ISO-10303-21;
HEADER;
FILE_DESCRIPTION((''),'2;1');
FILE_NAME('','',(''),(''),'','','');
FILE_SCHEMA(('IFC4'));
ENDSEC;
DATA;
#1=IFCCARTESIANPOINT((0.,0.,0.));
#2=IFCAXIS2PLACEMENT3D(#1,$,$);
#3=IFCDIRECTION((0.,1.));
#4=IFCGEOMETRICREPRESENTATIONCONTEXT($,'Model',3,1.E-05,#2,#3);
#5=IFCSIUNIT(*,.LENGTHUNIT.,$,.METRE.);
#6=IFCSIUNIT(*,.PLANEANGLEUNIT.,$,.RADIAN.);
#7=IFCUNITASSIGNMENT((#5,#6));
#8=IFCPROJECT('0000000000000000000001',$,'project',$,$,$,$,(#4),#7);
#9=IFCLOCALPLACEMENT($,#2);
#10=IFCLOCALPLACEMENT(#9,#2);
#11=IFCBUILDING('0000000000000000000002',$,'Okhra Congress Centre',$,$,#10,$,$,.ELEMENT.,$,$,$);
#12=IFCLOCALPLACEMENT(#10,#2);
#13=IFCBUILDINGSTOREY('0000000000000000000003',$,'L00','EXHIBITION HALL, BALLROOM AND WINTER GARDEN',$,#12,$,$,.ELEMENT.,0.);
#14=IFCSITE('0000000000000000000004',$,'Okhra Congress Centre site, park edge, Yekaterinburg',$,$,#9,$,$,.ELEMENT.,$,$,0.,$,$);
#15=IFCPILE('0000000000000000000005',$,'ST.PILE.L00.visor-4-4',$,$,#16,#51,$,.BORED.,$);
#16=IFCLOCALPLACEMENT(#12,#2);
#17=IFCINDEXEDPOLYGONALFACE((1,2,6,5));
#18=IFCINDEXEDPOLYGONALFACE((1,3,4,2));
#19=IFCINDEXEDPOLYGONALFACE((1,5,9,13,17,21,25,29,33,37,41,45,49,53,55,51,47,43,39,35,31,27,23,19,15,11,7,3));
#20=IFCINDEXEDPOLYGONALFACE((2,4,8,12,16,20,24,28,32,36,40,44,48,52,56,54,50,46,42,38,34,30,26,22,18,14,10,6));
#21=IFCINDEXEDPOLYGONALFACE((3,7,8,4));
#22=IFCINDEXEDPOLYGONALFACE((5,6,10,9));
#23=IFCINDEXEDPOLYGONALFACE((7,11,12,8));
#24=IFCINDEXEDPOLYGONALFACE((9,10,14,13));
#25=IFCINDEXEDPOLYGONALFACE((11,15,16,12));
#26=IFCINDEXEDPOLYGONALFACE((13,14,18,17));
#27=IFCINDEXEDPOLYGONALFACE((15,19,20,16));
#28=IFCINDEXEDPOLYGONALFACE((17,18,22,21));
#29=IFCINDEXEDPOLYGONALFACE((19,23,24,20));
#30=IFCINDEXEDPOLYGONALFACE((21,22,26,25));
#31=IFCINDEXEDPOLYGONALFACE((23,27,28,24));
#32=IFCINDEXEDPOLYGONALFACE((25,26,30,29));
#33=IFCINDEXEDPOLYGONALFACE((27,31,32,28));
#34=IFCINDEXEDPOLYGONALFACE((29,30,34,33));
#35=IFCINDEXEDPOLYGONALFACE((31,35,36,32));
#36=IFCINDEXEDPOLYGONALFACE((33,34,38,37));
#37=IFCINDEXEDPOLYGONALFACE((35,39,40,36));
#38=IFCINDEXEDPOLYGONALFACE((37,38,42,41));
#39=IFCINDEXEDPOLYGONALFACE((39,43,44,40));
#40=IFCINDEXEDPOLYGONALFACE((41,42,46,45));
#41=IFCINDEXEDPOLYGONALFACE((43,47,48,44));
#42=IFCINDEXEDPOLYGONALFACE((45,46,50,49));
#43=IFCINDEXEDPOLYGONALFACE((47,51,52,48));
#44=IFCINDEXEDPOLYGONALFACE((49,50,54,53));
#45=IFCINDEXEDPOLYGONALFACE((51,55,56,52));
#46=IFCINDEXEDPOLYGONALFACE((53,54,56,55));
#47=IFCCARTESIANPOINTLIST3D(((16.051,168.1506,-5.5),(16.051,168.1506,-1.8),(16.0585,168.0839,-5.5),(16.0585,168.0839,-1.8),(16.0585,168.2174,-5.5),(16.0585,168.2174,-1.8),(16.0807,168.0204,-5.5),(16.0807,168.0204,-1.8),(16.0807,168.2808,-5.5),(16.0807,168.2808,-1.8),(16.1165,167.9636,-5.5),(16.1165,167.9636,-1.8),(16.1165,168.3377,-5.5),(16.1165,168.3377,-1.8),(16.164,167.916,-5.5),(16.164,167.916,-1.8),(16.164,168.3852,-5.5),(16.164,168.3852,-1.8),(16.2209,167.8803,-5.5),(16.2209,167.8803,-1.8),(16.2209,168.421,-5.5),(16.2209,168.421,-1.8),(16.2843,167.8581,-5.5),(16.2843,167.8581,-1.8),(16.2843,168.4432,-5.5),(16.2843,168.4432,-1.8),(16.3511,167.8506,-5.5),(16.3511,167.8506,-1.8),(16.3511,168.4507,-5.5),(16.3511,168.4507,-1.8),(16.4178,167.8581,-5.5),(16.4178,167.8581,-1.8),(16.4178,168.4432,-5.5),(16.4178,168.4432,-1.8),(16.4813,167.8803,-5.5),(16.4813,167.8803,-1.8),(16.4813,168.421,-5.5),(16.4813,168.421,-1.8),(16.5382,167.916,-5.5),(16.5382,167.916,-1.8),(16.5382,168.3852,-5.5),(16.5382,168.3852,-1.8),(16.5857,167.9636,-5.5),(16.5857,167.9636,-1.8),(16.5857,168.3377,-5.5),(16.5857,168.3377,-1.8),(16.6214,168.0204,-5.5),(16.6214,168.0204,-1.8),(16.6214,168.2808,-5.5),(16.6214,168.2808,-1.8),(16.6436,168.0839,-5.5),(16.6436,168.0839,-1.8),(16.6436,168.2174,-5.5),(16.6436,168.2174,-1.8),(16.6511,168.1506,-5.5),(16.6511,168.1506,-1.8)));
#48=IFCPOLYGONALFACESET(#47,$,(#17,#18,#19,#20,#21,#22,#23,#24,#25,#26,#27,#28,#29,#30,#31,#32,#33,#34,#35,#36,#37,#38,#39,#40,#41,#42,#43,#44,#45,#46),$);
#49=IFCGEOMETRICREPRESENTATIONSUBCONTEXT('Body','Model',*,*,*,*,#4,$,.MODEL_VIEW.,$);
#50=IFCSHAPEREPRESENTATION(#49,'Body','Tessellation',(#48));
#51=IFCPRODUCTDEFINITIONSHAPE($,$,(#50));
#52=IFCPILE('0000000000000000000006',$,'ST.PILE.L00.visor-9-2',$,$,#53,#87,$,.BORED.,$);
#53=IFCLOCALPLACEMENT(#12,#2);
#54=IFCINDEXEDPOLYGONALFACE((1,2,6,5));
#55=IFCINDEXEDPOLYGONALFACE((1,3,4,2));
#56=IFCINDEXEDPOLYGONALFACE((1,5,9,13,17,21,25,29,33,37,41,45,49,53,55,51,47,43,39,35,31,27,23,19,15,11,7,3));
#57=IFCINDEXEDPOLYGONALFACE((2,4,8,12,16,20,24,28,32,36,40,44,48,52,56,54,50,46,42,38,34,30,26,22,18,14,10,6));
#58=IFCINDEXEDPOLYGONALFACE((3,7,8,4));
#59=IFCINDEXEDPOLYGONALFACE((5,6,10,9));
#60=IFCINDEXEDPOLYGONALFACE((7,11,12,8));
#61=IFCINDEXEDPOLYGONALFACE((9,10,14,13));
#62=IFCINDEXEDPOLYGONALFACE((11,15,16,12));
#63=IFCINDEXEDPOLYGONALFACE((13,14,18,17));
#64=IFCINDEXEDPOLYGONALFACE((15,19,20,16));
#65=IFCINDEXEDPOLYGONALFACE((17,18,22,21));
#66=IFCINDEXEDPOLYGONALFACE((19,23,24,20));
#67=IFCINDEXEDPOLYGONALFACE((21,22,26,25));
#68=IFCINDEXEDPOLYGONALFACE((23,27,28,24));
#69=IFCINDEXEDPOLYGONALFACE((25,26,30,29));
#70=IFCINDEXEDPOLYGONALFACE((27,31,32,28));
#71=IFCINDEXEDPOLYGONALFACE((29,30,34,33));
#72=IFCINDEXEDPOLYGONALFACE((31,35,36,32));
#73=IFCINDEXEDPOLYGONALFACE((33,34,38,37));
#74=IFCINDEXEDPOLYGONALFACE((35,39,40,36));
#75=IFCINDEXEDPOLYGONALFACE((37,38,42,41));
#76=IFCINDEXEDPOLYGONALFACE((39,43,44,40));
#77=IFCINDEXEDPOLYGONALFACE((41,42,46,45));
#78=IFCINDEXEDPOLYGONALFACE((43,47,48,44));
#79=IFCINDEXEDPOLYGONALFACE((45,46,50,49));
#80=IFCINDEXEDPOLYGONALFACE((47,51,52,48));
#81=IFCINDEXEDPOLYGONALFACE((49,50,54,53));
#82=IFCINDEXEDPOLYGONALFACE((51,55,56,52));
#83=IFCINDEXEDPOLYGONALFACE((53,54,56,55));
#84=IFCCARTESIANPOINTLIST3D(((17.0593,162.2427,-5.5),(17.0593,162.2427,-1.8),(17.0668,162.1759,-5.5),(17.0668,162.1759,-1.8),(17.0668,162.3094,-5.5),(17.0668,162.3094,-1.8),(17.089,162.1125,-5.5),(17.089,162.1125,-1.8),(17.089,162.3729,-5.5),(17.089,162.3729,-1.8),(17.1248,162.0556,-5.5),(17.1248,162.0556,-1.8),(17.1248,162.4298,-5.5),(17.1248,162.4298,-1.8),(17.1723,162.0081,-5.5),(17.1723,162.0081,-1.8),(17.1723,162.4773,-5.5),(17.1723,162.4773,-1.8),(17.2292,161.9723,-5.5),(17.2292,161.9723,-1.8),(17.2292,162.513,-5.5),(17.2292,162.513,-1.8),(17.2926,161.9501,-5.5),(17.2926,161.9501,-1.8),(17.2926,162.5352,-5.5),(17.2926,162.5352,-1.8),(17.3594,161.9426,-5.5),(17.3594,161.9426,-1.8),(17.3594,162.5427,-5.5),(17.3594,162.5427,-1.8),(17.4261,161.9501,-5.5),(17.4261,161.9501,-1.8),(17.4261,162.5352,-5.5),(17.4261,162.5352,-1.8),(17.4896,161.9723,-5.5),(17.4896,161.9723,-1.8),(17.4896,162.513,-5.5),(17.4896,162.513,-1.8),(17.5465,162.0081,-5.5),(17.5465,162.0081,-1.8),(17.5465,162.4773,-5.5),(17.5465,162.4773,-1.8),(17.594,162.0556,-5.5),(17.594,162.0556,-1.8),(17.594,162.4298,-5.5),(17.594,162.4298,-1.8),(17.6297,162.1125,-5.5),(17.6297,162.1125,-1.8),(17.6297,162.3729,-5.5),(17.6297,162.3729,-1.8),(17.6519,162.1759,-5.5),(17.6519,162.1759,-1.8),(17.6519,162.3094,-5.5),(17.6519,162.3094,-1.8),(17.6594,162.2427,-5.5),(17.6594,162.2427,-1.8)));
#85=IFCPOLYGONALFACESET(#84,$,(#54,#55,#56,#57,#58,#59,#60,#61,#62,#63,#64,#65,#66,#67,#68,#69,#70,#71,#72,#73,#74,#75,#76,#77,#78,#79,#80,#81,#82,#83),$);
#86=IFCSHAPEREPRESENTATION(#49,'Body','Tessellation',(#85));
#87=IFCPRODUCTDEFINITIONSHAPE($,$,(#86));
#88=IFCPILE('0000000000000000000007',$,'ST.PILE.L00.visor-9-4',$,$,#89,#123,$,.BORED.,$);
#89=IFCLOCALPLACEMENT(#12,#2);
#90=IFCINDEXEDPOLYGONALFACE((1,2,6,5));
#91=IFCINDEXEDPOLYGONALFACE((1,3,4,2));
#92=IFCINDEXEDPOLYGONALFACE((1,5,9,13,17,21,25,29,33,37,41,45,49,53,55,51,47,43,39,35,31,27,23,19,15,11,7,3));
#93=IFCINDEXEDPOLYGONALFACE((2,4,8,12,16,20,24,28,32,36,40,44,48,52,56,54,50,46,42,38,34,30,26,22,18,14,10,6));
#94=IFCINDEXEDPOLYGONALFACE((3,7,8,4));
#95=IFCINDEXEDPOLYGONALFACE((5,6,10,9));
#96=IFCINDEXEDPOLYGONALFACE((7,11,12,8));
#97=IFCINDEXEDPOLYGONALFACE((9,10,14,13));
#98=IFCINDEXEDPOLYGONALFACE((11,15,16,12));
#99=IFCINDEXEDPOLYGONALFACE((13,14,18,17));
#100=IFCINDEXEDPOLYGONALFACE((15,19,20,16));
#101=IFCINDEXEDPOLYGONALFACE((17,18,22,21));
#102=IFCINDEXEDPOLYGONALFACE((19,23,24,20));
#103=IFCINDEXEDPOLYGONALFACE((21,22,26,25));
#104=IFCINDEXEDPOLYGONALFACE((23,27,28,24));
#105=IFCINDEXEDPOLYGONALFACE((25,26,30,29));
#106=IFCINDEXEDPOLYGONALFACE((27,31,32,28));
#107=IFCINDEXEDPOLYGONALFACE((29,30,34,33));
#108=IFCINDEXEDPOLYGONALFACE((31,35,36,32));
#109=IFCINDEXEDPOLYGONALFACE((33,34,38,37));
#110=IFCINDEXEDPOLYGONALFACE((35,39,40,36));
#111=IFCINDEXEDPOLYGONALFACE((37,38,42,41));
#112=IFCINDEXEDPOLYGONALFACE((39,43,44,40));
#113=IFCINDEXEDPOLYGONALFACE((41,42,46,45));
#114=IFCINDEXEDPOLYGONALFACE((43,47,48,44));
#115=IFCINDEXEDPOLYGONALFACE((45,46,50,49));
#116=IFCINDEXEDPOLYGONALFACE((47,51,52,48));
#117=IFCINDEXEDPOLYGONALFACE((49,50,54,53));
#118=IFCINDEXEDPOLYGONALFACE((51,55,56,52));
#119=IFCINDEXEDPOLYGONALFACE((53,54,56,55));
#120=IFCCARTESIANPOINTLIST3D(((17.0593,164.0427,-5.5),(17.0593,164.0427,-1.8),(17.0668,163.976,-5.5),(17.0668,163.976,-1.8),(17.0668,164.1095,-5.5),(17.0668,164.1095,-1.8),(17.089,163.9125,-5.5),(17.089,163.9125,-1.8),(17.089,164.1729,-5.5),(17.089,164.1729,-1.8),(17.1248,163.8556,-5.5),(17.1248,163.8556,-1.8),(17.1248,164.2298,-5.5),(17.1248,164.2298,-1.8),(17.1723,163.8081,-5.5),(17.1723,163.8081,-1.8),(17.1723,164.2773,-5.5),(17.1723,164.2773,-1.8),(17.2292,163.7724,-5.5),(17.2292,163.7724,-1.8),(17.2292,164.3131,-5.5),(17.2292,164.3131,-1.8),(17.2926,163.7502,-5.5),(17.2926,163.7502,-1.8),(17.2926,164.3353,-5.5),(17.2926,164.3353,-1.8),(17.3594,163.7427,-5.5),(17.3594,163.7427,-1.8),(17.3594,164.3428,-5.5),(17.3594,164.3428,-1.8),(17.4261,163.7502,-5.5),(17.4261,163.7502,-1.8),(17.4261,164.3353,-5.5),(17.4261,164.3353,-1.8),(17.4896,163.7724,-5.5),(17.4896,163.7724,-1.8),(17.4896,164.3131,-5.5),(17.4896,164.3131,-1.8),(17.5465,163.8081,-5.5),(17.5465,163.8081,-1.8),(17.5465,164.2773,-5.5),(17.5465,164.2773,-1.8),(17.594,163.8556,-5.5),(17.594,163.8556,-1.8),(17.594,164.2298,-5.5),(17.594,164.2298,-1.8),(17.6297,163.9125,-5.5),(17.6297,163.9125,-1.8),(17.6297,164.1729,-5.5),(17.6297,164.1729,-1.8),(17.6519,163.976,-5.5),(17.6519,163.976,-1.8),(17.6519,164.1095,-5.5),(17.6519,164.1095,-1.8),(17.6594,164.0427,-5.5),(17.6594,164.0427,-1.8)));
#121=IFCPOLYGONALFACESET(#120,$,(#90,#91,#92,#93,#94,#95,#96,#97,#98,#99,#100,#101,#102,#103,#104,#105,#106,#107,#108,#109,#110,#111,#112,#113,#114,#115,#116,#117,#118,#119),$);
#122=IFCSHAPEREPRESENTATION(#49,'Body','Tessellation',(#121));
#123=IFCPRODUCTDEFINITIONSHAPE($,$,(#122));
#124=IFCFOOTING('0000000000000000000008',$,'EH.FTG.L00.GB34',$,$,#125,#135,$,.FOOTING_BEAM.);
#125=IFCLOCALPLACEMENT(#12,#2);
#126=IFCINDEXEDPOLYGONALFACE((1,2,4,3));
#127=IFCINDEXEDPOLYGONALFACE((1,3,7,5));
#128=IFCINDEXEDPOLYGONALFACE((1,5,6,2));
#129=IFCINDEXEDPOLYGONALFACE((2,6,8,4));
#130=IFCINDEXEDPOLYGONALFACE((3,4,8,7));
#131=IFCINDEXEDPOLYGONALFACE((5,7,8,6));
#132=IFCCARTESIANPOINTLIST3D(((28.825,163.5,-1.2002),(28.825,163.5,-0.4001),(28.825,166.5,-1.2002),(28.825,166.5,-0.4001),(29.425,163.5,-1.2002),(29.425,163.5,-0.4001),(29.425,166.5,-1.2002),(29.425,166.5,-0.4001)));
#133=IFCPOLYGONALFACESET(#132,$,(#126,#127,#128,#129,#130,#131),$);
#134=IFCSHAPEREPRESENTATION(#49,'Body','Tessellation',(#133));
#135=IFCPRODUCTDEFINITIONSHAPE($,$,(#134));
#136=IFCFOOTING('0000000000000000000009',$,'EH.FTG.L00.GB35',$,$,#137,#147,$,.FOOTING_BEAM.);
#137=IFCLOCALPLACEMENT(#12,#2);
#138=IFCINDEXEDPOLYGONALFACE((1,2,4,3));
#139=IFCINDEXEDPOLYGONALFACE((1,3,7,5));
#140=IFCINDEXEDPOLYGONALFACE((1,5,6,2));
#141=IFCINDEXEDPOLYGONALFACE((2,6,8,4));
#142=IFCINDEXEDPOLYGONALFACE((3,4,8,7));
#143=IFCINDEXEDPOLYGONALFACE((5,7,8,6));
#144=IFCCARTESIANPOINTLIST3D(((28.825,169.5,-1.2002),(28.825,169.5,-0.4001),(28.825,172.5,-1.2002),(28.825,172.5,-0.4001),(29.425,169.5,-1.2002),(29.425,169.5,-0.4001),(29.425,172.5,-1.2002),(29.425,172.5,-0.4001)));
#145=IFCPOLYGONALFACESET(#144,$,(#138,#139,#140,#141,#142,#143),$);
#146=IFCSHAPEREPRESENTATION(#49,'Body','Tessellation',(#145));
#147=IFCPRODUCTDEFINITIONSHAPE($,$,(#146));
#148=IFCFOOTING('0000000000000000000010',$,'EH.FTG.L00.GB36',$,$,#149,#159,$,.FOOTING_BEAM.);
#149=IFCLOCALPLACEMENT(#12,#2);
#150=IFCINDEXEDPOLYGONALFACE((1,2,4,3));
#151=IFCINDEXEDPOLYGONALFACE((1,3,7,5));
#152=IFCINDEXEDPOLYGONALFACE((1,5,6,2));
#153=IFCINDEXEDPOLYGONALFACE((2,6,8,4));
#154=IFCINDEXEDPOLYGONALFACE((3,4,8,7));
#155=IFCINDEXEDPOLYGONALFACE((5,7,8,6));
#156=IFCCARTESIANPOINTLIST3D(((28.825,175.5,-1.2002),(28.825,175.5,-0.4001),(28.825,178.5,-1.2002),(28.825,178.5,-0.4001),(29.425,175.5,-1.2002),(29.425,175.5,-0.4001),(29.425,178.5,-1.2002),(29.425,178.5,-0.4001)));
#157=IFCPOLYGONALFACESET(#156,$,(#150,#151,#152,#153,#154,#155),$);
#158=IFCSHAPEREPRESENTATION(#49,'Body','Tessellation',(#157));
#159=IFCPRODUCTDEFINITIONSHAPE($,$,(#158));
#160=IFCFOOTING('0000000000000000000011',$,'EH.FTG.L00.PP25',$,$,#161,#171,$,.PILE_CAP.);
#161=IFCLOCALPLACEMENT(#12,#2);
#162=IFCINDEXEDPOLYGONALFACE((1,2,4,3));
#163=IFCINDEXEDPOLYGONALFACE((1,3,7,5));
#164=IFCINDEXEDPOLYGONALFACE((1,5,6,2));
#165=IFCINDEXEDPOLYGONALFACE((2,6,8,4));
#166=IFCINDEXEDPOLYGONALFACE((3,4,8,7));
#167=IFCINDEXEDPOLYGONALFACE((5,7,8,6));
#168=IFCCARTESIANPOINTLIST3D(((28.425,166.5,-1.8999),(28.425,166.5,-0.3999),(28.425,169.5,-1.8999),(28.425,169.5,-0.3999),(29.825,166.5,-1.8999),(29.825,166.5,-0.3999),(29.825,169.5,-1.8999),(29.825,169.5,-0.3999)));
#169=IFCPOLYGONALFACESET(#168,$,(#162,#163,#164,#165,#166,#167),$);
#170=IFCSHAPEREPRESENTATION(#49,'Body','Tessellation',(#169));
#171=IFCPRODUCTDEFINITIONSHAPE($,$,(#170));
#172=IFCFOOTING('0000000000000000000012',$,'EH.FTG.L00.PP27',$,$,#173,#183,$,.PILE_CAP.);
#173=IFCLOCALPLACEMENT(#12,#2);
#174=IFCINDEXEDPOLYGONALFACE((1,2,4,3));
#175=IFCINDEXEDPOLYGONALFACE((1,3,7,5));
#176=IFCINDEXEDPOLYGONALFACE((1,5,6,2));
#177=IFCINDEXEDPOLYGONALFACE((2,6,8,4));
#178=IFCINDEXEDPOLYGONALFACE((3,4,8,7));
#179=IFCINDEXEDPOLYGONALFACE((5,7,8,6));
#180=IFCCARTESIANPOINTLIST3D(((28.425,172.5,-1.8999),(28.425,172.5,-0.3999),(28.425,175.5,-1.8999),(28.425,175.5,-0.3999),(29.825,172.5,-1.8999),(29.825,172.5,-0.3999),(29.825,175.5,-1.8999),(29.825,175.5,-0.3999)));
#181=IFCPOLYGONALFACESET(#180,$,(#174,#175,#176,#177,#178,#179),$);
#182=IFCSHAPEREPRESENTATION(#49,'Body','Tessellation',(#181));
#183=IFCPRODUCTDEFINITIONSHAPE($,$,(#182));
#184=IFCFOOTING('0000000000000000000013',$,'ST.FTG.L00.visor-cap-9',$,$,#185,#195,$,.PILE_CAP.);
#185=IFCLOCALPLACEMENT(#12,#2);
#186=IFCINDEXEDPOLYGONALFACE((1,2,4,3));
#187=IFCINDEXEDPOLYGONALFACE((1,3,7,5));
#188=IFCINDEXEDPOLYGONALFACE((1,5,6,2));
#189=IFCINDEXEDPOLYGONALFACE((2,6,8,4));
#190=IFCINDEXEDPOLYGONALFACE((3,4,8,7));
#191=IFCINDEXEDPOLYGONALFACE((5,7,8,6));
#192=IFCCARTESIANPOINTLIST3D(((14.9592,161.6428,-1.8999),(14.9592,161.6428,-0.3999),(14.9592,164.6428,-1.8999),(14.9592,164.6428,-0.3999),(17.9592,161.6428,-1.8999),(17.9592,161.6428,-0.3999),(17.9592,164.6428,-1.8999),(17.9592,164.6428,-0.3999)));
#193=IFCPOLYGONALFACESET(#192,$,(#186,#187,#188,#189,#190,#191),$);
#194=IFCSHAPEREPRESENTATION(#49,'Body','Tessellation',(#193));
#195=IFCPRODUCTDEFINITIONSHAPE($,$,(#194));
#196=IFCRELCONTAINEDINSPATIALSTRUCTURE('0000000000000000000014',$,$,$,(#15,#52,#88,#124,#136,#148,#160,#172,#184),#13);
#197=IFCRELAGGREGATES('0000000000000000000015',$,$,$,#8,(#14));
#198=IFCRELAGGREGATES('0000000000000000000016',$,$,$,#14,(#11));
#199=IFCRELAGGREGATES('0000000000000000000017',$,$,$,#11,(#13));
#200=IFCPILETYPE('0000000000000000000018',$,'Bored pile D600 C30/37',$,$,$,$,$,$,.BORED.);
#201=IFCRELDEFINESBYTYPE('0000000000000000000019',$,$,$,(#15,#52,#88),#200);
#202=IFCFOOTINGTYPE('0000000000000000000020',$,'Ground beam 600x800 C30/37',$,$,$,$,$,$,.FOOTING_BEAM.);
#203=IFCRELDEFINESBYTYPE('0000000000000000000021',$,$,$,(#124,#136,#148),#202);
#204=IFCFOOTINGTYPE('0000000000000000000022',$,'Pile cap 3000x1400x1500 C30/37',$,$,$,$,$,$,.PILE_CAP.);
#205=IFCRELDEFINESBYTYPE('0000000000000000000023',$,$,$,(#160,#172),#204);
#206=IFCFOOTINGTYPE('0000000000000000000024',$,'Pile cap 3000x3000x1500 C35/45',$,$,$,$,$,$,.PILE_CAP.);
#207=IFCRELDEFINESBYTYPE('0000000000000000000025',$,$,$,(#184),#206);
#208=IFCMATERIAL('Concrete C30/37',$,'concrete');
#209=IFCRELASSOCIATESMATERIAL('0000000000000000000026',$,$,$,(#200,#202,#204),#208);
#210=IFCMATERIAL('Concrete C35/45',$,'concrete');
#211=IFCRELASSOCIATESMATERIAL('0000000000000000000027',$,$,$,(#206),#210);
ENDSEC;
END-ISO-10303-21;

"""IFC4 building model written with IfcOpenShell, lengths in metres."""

from ifc_helpers import new_model, si_unit, direction, frame, origin, origin_2d, place, context, subcontext, project, spatial, rectangle, circle, extrude, material, material_profile, profile_set, type_object, element, save


model = new_model("IFC4")

# Units and contexts
model_context = context("Model", 3, precision=1e-05, world=origin(), true_north=direction((0.0, 1.0)))
body_context = subcontext(model_context, "Body", "Model", "MODEL_VIEW")
ifc_project = project(units=[si_unit("LENGTHUNIT", "METRE"), si_unit("PLANEANGLEUNIT", "RADIAN")], contexts=[model_context])

# Site, building, storey
site_placement = place(None, origin())
site = spatial("IfcSite", under=ifc_project, at=site_placement, Name="Okhra Congress Centre site, park edge, Yekaterinburg", CompositionType="ELEMENT", RefElevation=0.0)
building_placement = place(site_placement, origin())
building = spatial("IfcBuilding", under=site, at=building_placement, Name="Okhra Congress Centre", CompositionType="ELEMENT")
storey_placement = place(building_placement, origin())
storey = spatial("IfcBuildingStorey", under=building, at=storey_placement, Name="L00", Description="EXHIBITION HALL, BALLROOM AND WINTER GARDEN", CompositionType="ELEMENT", Elevation=0.0)

# Piles
ifc_material_1 = material(Name="Concrete C30/37", Category="concrete")
ifc_material_profile_1 = material_profile(ifc_material_1, circle(Radius=0.3, at=origin_2d()), Name="D600")
ifc_profile_set_1 = profile_set([ifc_material_profile_1], Name="Concrete C30/37")
pile_type_1 = type_object("IfcPileType", Name="Bored pile D600 C30/37", PredefinedType="BORED", material=ifc_profile_set_1)
for number, where, z_axis, x_axis, name in (
    (1, (16.3511, 168.1506, -1.8), (0.0, 0.0, -1.0), (1.0, 0.0, 0.0), "ST.PILE.L00.visor-4-4"),
    (2, (17.3594, 162.2427, -1.8), (0.0, 0.0, -1.0), (1.0, 0.0, 0.0), "ST.PILE.L00.visor-9-2"),
    (3, (17.3594, 164.0427, -1.8), (0.0, 0.0, -1.0), (1.0, 0.0, 0.0), "ST.PILE.L00.visor-9-4"),
):
    element("IfcPile", number, at=place(storey_placement, frame(where, z_axis=z_axis, x_axis=x_axis)), inside=storey, type_object=pile_type_1, Name=name, PredefinedType="BORED", context=body_context, shape_type="SweptSolid", body=[
        extrude(circle(Radius=0.3, at=origin_2d()), origin(), (0.0, 0.0, 1.0), 3.7),
    ])

# Footings
footing_type_1 = type_object("IfcFootingType", Name="Ground beam 600x800 C30/37", PredefinedType="FOOTING_BEAM", material=ifc_material_1)
for number, where, z_axis, x_axis, name in (
    (4, (29.125, 165.0, -1.2002), (0.0, 0.0, 1.0), (0.0, 1.0, 0.0), "EH.FTG.L00.GB34"),
    (5, (29.125, 171.0, -1.2002), (0.0, 0.0, 1.0), (0.0, 1.0, 0.0), "EH.FTG.L00.GB35"),
    (6, (29.125, 177.0, -1.2002), (0.0, 0.0, 1.0), (0.0, 1.0, 0.0), "EH.FTG.L00.GB36"),
):
    element("IfcFooting", number, at=place(storey_placement, frame(where, z_axis=z_axis, x_axis=x_axis)), inside=storey, type_object=footing_type_1, Name=name, PredefinedType="FOOTING_BEAM", context=body_context, shape_type="SweptSolid", body=[
        extrude(rectangle(XDim=3.0, YDim=0.6001, at=origin_2d()), origin(), (0.0, 0.0, 1.0), 0.8),
    ])
footing_type_2 = type_object("IfcFootingType", Name="Pile cap 3000x1400x1500 C30/37", PredefinedType="PILE_CAP", material=ifc_material_1)
for number, where, z_axis, x_axis, name in (
    (7, (29.125, 168.0, -1.8999), (0.0, 0.0, 1.0), (0.0, 1.0, 0.0), "EH.FTG.L00.PP25"),
    (8, (29.125, 174.0, -1.8999), (0.0, 0.0, 1.0), (0.0, 1.0, 0.0), "EH.FTG.L00.PP27"),
):
    element("IfcFooting", number, at=place(storey_placement, frame(where, z_axis=z_axis, x_axis=x_axis)), inside=storey, type_object=footing_type_2, Name=name, PredefinedType="PILE_CAP", context=body_context, shape_type="SweptSolid", body=[
        extrude(rectangle(XDim=3.0, YDim=1.3999, at=origin_2d()), origin(), (0.0, 0.0, 1.0), 1.5),
    ])
ifc_material_2 = material(Name="Concrete C35/45", Category="concrete")
footing_type_3 = type_object("IfcFootingType", Name="Pile cap 3000x3000x1500 C35/45", PredefinedType="PILE_CAP", material=ifc_material_2)
footing_placement = place(storey_placement, frame((16.4592, 163.1428, -1.8999), z_axis=(0.0, 0.0, 1.0), x_axis=(1.0, 0.0, 0.0)))
element("IfcFooting", 9, at=footing_placement, inside=storey, type_object=footing_type_3, Name="ST.FTG.L00.visor-cap-9", PredefinedType="PILE_CAP", context=body_context, shape_type="SweptSolid", body=[
    extrude(rectangle(XDim=3.0, YDim=3.0, at=origin_2d()), origin(), (0.0, 0.0, 1.0), 1.5),
])

save(model, "model.ifc")
